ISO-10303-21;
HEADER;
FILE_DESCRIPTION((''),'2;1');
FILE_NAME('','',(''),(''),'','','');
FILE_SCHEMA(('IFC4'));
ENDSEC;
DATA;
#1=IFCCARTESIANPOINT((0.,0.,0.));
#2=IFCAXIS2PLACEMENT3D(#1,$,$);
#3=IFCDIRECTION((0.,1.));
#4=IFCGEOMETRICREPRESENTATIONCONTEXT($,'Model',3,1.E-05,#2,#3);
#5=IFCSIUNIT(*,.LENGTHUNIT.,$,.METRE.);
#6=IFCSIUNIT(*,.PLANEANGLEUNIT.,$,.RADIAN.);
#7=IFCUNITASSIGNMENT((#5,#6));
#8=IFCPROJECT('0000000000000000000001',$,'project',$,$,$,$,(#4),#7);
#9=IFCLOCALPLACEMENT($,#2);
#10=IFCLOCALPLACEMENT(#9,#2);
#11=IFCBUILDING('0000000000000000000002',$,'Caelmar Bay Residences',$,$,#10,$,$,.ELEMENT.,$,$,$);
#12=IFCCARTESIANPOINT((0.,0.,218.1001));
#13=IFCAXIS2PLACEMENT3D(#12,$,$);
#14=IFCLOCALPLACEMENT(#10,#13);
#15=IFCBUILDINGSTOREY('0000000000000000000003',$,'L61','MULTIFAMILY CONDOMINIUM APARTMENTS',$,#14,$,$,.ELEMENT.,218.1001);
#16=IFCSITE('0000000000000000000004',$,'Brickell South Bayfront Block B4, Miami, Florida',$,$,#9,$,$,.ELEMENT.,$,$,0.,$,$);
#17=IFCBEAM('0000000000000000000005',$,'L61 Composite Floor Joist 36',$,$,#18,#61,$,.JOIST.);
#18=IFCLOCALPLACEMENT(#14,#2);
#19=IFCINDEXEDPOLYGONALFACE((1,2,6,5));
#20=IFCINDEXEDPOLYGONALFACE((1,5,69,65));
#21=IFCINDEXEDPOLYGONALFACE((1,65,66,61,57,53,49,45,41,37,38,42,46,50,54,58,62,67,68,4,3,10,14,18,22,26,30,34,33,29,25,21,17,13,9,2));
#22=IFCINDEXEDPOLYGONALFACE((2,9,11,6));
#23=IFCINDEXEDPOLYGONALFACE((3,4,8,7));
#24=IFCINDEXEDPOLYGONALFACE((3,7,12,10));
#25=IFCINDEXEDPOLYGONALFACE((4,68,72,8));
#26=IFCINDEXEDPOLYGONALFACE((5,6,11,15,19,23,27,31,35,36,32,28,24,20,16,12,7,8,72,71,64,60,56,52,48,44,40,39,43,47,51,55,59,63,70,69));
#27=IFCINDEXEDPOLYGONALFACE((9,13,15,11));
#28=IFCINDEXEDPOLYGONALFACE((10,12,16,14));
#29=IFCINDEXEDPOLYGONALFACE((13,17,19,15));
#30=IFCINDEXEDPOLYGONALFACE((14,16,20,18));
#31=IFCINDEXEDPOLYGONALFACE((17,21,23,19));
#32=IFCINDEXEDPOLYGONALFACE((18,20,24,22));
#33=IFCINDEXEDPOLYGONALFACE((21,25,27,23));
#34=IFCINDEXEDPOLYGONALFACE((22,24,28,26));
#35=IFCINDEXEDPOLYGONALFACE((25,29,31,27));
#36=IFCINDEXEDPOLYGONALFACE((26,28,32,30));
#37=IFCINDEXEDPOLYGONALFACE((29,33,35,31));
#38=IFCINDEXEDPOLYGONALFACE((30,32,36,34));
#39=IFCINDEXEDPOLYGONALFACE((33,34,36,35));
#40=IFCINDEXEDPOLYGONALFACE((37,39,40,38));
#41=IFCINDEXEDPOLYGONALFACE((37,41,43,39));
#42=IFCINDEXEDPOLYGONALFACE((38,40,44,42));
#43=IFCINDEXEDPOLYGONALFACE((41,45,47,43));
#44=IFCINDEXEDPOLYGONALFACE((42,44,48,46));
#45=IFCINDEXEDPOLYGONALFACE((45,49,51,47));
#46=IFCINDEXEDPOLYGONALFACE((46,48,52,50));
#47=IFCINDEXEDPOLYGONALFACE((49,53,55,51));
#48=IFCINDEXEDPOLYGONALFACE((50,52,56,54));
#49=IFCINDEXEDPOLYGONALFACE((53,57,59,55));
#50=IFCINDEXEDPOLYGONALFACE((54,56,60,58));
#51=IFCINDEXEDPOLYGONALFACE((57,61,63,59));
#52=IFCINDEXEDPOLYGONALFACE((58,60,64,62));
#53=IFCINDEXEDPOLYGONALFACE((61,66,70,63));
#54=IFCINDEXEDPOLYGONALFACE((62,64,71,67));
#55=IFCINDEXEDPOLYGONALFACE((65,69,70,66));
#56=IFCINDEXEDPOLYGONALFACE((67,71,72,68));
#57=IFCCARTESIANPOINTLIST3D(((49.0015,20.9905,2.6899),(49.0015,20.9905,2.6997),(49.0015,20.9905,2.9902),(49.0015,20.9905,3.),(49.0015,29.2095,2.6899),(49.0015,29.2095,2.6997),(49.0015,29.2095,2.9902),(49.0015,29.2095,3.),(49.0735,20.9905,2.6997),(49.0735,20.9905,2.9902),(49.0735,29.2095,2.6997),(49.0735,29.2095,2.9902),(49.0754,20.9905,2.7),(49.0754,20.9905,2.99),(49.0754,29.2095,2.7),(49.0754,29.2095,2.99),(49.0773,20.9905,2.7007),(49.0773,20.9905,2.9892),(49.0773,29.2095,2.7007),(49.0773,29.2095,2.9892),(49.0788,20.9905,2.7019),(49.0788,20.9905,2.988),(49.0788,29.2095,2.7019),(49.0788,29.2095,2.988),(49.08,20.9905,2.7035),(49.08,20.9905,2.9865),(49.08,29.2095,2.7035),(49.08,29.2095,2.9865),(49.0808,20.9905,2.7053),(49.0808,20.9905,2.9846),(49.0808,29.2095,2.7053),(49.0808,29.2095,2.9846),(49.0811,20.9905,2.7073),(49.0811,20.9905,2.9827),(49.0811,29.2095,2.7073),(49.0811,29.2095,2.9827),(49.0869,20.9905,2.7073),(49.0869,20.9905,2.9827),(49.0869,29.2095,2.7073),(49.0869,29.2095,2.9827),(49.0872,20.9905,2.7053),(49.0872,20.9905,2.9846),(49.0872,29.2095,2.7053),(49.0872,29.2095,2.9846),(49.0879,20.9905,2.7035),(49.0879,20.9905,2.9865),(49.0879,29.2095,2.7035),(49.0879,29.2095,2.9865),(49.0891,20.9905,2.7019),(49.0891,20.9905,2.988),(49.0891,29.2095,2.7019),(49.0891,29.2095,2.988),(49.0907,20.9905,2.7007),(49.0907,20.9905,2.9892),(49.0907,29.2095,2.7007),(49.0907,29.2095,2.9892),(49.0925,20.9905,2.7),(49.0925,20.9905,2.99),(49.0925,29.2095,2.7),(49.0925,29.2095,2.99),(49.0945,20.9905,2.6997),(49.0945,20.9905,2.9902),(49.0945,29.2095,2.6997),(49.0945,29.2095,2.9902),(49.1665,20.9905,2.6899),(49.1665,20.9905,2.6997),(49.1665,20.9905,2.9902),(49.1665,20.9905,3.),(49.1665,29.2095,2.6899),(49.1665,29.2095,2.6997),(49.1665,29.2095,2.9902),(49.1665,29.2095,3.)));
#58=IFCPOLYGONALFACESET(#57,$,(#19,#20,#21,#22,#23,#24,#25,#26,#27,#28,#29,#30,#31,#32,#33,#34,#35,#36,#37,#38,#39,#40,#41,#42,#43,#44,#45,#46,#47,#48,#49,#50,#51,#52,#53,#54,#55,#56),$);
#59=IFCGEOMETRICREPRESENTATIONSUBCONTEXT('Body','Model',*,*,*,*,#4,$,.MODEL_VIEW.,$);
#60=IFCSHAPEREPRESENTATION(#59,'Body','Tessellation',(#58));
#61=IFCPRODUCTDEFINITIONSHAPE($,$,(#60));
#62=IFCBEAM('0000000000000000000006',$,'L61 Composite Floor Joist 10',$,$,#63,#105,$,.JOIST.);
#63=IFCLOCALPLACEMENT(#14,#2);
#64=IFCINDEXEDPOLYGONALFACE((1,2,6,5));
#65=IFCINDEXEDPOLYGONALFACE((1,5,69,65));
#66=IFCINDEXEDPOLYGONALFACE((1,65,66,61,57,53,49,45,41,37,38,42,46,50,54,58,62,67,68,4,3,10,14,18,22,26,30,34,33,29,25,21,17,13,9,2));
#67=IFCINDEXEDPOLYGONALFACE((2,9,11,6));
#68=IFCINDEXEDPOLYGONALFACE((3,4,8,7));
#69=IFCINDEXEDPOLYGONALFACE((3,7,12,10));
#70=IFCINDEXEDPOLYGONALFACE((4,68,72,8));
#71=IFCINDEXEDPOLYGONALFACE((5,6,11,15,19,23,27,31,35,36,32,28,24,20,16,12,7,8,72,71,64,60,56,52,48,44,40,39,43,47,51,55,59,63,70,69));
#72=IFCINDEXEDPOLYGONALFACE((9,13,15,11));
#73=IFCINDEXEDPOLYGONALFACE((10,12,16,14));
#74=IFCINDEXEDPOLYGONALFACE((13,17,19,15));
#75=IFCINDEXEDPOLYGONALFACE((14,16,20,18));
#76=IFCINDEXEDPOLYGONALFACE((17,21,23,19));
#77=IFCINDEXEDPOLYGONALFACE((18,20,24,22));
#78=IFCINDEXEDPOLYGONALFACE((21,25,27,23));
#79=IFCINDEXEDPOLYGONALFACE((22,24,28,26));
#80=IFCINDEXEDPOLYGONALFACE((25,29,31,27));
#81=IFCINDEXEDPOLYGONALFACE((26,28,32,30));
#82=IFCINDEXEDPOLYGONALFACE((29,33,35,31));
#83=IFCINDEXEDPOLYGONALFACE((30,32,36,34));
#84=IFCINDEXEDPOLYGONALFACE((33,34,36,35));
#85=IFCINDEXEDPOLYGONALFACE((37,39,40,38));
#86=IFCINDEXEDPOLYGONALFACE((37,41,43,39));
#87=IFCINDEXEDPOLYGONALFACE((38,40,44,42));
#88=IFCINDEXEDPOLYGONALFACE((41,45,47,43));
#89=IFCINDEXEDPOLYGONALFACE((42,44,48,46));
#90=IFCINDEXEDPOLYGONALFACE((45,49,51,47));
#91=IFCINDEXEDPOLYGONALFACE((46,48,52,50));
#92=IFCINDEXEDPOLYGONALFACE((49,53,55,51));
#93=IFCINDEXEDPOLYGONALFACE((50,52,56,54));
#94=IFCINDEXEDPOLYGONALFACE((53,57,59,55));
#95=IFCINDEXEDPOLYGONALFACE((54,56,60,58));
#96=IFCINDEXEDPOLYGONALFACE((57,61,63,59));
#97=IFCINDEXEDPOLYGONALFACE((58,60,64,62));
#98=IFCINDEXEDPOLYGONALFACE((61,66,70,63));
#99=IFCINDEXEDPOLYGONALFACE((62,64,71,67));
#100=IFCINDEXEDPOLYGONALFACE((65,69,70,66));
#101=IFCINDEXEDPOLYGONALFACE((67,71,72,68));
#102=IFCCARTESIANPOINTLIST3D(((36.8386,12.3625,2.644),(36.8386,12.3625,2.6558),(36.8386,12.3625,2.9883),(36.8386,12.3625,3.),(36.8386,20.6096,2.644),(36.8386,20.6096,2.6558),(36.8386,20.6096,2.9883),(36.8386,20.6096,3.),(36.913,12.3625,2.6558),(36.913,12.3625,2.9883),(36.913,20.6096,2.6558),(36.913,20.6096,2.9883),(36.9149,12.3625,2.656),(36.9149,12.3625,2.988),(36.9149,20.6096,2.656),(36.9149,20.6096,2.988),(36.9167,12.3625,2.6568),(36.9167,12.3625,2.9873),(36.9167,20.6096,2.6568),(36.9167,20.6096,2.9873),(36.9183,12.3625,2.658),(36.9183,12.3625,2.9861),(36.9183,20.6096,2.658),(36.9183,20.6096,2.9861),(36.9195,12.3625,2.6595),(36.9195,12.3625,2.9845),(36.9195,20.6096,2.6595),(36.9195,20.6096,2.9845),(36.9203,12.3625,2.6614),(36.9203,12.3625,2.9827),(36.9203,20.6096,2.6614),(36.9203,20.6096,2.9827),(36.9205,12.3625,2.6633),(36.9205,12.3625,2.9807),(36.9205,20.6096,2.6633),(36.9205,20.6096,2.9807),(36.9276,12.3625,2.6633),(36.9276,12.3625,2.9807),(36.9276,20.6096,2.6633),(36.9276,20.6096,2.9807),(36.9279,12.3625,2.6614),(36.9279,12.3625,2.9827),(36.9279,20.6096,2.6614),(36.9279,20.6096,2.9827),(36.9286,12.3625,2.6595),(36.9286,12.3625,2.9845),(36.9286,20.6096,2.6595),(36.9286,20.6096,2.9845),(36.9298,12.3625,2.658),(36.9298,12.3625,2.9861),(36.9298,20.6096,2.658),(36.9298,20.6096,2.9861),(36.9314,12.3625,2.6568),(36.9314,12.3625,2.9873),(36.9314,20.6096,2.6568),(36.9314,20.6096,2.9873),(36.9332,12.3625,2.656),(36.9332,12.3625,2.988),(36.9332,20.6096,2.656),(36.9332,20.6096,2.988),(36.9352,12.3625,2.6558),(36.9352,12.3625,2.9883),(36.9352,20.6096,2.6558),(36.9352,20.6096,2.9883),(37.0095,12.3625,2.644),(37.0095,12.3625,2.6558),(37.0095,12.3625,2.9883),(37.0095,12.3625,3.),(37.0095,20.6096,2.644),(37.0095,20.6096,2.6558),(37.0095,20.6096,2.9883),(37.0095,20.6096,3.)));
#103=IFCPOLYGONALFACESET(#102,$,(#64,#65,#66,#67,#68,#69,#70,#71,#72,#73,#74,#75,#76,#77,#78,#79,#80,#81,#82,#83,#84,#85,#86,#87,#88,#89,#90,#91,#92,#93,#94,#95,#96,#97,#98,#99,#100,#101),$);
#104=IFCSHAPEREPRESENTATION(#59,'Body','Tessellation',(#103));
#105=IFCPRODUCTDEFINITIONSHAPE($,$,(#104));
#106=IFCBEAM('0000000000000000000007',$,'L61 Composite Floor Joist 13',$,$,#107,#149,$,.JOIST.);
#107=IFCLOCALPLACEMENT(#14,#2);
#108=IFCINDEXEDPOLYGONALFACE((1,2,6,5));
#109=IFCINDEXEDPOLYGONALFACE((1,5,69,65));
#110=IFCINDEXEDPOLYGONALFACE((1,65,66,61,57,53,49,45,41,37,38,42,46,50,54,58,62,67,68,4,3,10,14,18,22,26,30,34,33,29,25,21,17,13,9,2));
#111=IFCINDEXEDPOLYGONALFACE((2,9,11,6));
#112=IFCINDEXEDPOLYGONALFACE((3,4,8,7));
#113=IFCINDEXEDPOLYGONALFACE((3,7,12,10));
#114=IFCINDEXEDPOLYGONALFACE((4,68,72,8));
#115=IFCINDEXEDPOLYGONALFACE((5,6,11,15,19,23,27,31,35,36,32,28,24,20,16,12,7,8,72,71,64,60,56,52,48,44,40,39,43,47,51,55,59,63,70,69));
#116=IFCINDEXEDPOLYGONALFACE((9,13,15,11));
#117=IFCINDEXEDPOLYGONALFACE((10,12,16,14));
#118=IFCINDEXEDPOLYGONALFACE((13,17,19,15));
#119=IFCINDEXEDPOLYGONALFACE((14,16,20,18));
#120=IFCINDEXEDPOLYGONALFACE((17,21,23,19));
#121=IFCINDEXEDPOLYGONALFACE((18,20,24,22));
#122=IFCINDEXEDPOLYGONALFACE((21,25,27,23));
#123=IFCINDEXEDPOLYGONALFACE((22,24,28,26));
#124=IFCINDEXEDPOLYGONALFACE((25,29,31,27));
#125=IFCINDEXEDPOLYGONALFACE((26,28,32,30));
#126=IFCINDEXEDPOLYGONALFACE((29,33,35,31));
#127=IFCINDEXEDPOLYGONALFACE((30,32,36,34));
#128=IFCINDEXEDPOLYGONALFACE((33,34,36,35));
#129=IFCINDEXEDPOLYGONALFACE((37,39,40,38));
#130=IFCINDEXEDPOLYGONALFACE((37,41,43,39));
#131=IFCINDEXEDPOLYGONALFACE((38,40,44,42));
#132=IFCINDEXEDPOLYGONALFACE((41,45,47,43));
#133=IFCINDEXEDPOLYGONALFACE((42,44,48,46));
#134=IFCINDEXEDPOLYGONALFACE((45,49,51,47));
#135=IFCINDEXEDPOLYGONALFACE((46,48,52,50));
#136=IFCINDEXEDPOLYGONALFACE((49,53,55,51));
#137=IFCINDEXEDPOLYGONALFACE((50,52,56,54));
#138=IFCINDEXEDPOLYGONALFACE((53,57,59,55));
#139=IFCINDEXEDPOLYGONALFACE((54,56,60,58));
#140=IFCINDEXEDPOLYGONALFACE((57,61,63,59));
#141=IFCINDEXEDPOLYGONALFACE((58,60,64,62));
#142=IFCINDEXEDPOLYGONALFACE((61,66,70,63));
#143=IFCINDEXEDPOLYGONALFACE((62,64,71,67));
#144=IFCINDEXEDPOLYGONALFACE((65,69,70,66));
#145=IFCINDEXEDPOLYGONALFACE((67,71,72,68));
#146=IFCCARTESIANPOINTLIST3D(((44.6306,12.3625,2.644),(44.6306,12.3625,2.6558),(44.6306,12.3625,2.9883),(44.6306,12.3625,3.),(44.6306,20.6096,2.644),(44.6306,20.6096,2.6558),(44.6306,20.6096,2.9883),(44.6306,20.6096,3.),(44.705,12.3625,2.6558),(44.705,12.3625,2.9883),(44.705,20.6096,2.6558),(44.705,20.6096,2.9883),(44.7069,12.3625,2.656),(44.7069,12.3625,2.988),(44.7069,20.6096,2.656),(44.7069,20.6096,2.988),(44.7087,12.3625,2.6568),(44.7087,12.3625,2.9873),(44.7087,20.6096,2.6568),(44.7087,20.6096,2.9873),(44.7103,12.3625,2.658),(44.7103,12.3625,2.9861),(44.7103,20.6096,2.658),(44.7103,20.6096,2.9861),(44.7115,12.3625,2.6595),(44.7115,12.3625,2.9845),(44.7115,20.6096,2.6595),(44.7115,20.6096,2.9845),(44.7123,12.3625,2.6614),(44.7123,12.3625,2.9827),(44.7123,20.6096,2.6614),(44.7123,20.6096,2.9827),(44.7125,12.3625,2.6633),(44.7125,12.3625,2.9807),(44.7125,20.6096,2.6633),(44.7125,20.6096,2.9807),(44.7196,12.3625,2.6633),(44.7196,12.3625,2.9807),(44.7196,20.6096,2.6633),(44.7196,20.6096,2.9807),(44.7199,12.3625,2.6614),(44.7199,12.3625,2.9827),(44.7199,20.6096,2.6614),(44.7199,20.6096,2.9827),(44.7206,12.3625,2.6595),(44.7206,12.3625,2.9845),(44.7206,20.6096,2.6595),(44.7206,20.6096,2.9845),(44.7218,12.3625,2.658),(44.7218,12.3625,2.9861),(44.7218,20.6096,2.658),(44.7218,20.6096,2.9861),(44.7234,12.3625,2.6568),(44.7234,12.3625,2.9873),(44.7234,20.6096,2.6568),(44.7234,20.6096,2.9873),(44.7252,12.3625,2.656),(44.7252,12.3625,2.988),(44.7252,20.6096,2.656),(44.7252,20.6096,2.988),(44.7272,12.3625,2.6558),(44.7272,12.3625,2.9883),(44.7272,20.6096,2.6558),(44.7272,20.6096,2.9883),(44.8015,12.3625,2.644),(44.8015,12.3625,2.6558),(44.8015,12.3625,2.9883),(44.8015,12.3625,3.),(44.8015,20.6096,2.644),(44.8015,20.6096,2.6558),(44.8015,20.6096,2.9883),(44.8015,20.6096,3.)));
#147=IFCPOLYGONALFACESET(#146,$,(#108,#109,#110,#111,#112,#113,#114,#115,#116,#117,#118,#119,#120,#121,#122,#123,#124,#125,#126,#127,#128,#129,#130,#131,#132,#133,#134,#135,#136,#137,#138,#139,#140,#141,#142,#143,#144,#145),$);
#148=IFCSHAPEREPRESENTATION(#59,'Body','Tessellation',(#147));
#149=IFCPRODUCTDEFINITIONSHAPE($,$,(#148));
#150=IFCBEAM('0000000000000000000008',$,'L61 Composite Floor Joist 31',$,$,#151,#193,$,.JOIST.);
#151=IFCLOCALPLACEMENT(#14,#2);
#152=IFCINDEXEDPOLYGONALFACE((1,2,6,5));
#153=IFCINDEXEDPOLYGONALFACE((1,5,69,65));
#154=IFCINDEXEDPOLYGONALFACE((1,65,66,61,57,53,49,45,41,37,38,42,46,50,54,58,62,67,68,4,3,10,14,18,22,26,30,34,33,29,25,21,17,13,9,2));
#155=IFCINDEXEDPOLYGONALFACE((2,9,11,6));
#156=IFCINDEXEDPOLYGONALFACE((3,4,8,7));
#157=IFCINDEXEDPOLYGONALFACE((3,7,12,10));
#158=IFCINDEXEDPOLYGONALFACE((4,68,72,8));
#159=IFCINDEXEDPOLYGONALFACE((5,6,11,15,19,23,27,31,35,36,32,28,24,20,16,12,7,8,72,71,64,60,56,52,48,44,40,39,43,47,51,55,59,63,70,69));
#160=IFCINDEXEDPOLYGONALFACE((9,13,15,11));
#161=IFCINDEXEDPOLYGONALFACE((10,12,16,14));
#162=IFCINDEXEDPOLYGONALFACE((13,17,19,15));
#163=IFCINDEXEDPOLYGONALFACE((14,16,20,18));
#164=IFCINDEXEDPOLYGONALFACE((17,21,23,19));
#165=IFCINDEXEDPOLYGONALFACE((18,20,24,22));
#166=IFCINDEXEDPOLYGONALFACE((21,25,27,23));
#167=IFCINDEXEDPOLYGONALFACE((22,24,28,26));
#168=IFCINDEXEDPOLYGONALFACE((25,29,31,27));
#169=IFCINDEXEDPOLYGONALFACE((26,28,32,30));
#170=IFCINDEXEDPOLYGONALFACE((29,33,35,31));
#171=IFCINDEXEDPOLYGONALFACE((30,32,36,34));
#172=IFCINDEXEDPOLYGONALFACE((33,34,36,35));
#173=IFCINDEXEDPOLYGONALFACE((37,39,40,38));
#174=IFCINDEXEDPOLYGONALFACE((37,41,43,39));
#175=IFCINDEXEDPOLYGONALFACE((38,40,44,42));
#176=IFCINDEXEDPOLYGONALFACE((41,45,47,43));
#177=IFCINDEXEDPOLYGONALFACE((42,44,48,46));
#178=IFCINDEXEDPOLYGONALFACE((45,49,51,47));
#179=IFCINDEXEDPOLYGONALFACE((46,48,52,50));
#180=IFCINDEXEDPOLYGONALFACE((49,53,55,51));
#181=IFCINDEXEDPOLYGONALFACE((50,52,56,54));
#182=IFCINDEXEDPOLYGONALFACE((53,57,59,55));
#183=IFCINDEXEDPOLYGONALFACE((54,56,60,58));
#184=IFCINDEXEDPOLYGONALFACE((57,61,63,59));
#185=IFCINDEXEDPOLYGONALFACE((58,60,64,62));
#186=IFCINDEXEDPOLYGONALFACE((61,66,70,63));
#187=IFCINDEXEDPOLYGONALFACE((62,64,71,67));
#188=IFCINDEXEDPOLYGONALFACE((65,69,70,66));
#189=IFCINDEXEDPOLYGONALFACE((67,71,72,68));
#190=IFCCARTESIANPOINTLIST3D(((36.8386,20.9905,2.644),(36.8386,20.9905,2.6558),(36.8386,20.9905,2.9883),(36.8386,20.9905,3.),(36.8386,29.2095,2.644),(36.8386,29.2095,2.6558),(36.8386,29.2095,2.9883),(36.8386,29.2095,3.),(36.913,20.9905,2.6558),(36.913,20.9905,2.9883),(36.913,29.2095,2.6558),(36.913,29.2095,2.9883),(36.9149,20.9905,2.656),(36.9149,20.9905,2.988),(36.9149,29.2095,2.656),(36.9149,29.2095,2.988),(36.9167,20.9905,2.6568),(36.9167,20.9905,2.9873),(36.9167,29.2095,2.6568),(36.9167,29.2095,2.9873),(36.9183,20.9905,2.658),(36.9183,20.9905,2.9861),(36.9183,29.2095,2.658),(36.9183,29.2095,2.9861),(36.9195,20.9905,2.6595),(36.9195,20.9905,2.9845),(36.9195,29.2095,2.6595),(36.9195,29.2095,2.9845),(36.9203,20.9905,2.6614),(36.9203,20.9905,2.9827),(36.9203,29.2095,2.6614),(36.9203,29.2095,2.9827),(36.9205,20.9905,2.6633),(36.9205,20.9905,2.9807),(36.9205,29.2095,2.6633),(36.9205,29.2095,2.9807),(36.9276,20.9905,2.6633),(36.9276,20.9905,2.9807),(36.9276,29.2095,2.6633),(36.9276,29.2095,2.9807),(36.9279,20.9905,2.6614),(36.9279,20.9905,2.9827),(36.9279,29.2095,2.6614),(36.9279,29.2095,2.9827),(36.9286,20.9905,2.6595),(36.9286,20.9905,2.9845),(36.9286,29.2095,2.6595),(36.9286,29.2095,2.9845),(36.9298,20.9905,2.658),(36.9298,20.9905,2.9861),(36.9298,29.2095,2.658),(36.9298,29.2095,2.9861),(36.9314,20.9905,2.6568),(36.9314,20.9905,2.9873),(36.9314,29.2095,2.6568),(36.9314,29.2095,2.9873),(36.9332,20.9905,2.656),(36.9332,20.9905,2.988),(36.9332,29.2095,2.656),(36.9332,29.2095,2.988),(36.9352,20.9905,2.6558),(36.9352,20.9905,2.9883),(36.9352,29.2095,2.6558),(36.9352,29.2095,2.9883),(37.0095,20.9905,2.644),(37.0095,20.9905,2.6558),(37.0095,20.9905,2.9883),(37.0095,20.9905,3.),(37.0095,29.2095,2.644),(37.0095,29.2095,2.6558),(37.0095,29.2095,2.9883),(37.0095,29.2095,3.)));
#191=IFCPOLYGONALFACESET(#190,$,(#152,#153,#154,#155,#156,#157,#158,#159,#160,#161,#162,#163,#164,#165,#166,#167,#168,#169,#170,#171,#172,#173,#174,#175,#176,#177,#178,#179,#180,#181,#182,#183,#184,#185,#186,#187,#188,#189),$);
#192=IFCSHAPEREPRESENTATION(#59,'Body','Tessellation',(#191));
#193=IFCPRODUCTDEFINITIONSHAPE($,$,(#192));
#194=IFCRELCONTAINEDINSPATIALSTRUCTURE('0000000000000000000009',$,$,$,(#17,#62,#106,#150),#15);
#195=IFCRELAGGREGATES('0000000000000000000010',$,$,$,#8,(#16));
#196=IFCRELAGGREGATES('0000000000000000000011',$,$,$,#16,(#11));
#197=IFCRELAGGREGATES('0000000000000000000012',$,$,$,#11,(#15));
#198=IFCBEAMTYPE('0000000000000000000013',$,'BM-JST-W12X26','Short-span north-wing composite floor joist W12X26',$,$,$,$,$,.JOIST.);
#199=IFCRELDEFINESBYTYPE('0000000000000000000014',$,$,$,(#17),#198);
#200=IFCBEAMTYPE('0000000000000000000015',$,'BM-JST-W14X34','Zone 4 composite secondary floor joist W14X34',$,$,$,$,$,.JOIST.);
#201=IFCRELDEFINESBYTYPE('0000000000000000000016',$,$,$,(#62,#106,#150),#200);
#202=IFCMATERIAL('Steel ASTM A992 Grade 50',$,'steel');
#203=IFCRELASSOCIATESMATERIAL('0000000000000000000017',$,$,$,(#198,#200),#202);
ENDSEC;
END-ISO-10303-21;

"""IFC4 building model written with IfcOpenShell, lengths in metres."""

from ifc_helpers import new_model, si_unit, direction, frame, origin, origin_2d, place, context, subcontext, project, spatial, i_section, extrude, material, material_profile, profile_set, type_object, element, save


model = new_model("IFC4")

# Units and contexts
model_context = context("Model", 3, precision=1e-05, world=origin(), true_north=direction((0.0, 1.0)))
body_context = subcontext(model_context, "Body", "Model", "MODEL_VIEW")
ifc_project = project(units=[si_unit("LENGTHUNIT", "METRE"), si_unit("PLANEANGLEUNIT", "RADIAN")], contexts=[model_context])

# Site, building, storey
site_placement = place(None, origin())
site = spatial("IfcSite", under=ifc_project, at=site_placement, Name="Brickell South Bayfront Block B4, Miami, Florida", CompositionType="ELEMENT", RefElevation=0.0)
building_placement = place(site_placement, origin())
building = spatial("IfcBuilding", under=site, at=building_placement, Name="Caelmar Bay Residences", CompositionType="ELEMENT")
storey_placement = place(building_placement, frame((0.0, 0.0, 218.1001)))
storey = spatial("IfcBuildingStorey", under=building, at=storey_placement, Name="L61", Description="MULTIFAMILY CONDOMINIUM APARTMENTS", CompositionType="ELEMENT", Elevation=218.1001)

# Beams
ifc_material_1 = material(Name="Steel ASTM A992 Grade 50", Category="steel")
ifc_material_profile_1 = material_profile(ifc_material_1, i_section(OverallWidth=0.165, OverallDepth=0.3101, WebThickness=0.0059, FlangeThickness=0.0098, FilletRadius=0.0076, at=origin_2d()), Name="W12X26")
ifc_profile_set_1 = profile_set([ifc_material_profile_1], Name="Steel ASTM A992 Grade 50")
beam_type_1 = type_object("IfcBeamType", Name="BM-JST-W12X26", Description="Short-span north-wing composite floor joist W12X26", PredefinedType="JOIST", material=ifc_profile_set_1)
for number, where, z_axis, x_axis, name in (
    (1, (49.084, 20.9905, 2.845), (0.0, 1.0, 0.0), (-1.0, 0.0, 0.0), "L61 Composite Floor Joist 36"),
):
    element("IfcBeam", number, at=place(storey_placement, frame(where, z_axis=z_axis, x_axis=x_axis)), inside=storey, type_object=beam_type_1, Name=name, PredefinedType="JOIST", context=body_context, shape_type="SweptSolid", body=[
        extrude(i_section(OverallWidth=0.165, OverallDepth=0.3101, WebThickness=0.0059, FlangeThickness=0.0098, FilletRadius=0.0076, at=origin_2d()), origin(), (0.0, 0.0, 1.0), 8.219),
    ])
ifc_material_profile_2 = material_profile(ifc_material_1, i_section(OverallWidth=0.1709, OverallDepth=0.356, WebThickness=0.0071, FlangeThickness=0.0117, FilletRadius=0.0076, at=origin_2d()), Name="W14X34")
ifc_profile_set_2 = profile_set([ifc_material_profile_2], Name="Steel ASTM A992 Grade 50")
beam_type_2 = type_object("IfcBeamType", Name="BM-JST-W14X34", Description="Zone 4 composite secondary floor joist W14X34", PredefinedType="JOIST", material=ifc_profile_set_2)
for number, where, z_axis, x_axis, name in (
    (2, (36.9241, 12.3625, 2.822), (0.0, 1.0, 0.0), (-1.0, 0.0, 0.0), "L61 Composite Floor Joist 10"),
    (3, (44.7161, 12.3625, 2.822), (0.0, 1.0, 0.0), (-1.0, 0.0, 0.0), "L61 Composite Floor Joist 13"),
):
    element("IfcBeam", number, at=place(storey_placement, frame(where, z_axis=z_axis, x_axis=x_axis)), inside=storey, type_object=beam_type_2, Name=name, PredefinedType="JOIST", context=body_context, shape_type="SweptSolid", body=[
        extrude(i_section(OverallWidth=0.1709, OverallDepth=0.356, WebThickness=0.0071, FlangeThickness=0.0117, FilletRadius=0.0076, at=origin_2d()), origin(), (0.0, 0.0, 1.0), 8.2471),
    ])
for number, where, z_axis, x_axis, name in (
    (4, (36.9241, 20.9905, 2.822), (0.0, 1.0, 0.0), (-1.0, 0.0, 0.0), "L61 Composite Floor Joist 31"),
):
    element("IfcBeam", number, at=place(storey_placement, frame(where, z_axis=z_axis, x_axis=x_axis)), inside=storey, type_object=beam_type_2, Name=name, PredefinedType="JOIST", context=body_context, shape_type="SweptSolid", body=[
        extrude(i_section(OverallWidth=0.1709, OverallDepth=0.356, WebThickness=0.0071, FlangeThickness=0.0117, FilletRadius=0.0076, at=origin_2d()), origin(), (0.0, 0.0, 1.0), 8.219),
    ])

save(model, "model.ifc")
